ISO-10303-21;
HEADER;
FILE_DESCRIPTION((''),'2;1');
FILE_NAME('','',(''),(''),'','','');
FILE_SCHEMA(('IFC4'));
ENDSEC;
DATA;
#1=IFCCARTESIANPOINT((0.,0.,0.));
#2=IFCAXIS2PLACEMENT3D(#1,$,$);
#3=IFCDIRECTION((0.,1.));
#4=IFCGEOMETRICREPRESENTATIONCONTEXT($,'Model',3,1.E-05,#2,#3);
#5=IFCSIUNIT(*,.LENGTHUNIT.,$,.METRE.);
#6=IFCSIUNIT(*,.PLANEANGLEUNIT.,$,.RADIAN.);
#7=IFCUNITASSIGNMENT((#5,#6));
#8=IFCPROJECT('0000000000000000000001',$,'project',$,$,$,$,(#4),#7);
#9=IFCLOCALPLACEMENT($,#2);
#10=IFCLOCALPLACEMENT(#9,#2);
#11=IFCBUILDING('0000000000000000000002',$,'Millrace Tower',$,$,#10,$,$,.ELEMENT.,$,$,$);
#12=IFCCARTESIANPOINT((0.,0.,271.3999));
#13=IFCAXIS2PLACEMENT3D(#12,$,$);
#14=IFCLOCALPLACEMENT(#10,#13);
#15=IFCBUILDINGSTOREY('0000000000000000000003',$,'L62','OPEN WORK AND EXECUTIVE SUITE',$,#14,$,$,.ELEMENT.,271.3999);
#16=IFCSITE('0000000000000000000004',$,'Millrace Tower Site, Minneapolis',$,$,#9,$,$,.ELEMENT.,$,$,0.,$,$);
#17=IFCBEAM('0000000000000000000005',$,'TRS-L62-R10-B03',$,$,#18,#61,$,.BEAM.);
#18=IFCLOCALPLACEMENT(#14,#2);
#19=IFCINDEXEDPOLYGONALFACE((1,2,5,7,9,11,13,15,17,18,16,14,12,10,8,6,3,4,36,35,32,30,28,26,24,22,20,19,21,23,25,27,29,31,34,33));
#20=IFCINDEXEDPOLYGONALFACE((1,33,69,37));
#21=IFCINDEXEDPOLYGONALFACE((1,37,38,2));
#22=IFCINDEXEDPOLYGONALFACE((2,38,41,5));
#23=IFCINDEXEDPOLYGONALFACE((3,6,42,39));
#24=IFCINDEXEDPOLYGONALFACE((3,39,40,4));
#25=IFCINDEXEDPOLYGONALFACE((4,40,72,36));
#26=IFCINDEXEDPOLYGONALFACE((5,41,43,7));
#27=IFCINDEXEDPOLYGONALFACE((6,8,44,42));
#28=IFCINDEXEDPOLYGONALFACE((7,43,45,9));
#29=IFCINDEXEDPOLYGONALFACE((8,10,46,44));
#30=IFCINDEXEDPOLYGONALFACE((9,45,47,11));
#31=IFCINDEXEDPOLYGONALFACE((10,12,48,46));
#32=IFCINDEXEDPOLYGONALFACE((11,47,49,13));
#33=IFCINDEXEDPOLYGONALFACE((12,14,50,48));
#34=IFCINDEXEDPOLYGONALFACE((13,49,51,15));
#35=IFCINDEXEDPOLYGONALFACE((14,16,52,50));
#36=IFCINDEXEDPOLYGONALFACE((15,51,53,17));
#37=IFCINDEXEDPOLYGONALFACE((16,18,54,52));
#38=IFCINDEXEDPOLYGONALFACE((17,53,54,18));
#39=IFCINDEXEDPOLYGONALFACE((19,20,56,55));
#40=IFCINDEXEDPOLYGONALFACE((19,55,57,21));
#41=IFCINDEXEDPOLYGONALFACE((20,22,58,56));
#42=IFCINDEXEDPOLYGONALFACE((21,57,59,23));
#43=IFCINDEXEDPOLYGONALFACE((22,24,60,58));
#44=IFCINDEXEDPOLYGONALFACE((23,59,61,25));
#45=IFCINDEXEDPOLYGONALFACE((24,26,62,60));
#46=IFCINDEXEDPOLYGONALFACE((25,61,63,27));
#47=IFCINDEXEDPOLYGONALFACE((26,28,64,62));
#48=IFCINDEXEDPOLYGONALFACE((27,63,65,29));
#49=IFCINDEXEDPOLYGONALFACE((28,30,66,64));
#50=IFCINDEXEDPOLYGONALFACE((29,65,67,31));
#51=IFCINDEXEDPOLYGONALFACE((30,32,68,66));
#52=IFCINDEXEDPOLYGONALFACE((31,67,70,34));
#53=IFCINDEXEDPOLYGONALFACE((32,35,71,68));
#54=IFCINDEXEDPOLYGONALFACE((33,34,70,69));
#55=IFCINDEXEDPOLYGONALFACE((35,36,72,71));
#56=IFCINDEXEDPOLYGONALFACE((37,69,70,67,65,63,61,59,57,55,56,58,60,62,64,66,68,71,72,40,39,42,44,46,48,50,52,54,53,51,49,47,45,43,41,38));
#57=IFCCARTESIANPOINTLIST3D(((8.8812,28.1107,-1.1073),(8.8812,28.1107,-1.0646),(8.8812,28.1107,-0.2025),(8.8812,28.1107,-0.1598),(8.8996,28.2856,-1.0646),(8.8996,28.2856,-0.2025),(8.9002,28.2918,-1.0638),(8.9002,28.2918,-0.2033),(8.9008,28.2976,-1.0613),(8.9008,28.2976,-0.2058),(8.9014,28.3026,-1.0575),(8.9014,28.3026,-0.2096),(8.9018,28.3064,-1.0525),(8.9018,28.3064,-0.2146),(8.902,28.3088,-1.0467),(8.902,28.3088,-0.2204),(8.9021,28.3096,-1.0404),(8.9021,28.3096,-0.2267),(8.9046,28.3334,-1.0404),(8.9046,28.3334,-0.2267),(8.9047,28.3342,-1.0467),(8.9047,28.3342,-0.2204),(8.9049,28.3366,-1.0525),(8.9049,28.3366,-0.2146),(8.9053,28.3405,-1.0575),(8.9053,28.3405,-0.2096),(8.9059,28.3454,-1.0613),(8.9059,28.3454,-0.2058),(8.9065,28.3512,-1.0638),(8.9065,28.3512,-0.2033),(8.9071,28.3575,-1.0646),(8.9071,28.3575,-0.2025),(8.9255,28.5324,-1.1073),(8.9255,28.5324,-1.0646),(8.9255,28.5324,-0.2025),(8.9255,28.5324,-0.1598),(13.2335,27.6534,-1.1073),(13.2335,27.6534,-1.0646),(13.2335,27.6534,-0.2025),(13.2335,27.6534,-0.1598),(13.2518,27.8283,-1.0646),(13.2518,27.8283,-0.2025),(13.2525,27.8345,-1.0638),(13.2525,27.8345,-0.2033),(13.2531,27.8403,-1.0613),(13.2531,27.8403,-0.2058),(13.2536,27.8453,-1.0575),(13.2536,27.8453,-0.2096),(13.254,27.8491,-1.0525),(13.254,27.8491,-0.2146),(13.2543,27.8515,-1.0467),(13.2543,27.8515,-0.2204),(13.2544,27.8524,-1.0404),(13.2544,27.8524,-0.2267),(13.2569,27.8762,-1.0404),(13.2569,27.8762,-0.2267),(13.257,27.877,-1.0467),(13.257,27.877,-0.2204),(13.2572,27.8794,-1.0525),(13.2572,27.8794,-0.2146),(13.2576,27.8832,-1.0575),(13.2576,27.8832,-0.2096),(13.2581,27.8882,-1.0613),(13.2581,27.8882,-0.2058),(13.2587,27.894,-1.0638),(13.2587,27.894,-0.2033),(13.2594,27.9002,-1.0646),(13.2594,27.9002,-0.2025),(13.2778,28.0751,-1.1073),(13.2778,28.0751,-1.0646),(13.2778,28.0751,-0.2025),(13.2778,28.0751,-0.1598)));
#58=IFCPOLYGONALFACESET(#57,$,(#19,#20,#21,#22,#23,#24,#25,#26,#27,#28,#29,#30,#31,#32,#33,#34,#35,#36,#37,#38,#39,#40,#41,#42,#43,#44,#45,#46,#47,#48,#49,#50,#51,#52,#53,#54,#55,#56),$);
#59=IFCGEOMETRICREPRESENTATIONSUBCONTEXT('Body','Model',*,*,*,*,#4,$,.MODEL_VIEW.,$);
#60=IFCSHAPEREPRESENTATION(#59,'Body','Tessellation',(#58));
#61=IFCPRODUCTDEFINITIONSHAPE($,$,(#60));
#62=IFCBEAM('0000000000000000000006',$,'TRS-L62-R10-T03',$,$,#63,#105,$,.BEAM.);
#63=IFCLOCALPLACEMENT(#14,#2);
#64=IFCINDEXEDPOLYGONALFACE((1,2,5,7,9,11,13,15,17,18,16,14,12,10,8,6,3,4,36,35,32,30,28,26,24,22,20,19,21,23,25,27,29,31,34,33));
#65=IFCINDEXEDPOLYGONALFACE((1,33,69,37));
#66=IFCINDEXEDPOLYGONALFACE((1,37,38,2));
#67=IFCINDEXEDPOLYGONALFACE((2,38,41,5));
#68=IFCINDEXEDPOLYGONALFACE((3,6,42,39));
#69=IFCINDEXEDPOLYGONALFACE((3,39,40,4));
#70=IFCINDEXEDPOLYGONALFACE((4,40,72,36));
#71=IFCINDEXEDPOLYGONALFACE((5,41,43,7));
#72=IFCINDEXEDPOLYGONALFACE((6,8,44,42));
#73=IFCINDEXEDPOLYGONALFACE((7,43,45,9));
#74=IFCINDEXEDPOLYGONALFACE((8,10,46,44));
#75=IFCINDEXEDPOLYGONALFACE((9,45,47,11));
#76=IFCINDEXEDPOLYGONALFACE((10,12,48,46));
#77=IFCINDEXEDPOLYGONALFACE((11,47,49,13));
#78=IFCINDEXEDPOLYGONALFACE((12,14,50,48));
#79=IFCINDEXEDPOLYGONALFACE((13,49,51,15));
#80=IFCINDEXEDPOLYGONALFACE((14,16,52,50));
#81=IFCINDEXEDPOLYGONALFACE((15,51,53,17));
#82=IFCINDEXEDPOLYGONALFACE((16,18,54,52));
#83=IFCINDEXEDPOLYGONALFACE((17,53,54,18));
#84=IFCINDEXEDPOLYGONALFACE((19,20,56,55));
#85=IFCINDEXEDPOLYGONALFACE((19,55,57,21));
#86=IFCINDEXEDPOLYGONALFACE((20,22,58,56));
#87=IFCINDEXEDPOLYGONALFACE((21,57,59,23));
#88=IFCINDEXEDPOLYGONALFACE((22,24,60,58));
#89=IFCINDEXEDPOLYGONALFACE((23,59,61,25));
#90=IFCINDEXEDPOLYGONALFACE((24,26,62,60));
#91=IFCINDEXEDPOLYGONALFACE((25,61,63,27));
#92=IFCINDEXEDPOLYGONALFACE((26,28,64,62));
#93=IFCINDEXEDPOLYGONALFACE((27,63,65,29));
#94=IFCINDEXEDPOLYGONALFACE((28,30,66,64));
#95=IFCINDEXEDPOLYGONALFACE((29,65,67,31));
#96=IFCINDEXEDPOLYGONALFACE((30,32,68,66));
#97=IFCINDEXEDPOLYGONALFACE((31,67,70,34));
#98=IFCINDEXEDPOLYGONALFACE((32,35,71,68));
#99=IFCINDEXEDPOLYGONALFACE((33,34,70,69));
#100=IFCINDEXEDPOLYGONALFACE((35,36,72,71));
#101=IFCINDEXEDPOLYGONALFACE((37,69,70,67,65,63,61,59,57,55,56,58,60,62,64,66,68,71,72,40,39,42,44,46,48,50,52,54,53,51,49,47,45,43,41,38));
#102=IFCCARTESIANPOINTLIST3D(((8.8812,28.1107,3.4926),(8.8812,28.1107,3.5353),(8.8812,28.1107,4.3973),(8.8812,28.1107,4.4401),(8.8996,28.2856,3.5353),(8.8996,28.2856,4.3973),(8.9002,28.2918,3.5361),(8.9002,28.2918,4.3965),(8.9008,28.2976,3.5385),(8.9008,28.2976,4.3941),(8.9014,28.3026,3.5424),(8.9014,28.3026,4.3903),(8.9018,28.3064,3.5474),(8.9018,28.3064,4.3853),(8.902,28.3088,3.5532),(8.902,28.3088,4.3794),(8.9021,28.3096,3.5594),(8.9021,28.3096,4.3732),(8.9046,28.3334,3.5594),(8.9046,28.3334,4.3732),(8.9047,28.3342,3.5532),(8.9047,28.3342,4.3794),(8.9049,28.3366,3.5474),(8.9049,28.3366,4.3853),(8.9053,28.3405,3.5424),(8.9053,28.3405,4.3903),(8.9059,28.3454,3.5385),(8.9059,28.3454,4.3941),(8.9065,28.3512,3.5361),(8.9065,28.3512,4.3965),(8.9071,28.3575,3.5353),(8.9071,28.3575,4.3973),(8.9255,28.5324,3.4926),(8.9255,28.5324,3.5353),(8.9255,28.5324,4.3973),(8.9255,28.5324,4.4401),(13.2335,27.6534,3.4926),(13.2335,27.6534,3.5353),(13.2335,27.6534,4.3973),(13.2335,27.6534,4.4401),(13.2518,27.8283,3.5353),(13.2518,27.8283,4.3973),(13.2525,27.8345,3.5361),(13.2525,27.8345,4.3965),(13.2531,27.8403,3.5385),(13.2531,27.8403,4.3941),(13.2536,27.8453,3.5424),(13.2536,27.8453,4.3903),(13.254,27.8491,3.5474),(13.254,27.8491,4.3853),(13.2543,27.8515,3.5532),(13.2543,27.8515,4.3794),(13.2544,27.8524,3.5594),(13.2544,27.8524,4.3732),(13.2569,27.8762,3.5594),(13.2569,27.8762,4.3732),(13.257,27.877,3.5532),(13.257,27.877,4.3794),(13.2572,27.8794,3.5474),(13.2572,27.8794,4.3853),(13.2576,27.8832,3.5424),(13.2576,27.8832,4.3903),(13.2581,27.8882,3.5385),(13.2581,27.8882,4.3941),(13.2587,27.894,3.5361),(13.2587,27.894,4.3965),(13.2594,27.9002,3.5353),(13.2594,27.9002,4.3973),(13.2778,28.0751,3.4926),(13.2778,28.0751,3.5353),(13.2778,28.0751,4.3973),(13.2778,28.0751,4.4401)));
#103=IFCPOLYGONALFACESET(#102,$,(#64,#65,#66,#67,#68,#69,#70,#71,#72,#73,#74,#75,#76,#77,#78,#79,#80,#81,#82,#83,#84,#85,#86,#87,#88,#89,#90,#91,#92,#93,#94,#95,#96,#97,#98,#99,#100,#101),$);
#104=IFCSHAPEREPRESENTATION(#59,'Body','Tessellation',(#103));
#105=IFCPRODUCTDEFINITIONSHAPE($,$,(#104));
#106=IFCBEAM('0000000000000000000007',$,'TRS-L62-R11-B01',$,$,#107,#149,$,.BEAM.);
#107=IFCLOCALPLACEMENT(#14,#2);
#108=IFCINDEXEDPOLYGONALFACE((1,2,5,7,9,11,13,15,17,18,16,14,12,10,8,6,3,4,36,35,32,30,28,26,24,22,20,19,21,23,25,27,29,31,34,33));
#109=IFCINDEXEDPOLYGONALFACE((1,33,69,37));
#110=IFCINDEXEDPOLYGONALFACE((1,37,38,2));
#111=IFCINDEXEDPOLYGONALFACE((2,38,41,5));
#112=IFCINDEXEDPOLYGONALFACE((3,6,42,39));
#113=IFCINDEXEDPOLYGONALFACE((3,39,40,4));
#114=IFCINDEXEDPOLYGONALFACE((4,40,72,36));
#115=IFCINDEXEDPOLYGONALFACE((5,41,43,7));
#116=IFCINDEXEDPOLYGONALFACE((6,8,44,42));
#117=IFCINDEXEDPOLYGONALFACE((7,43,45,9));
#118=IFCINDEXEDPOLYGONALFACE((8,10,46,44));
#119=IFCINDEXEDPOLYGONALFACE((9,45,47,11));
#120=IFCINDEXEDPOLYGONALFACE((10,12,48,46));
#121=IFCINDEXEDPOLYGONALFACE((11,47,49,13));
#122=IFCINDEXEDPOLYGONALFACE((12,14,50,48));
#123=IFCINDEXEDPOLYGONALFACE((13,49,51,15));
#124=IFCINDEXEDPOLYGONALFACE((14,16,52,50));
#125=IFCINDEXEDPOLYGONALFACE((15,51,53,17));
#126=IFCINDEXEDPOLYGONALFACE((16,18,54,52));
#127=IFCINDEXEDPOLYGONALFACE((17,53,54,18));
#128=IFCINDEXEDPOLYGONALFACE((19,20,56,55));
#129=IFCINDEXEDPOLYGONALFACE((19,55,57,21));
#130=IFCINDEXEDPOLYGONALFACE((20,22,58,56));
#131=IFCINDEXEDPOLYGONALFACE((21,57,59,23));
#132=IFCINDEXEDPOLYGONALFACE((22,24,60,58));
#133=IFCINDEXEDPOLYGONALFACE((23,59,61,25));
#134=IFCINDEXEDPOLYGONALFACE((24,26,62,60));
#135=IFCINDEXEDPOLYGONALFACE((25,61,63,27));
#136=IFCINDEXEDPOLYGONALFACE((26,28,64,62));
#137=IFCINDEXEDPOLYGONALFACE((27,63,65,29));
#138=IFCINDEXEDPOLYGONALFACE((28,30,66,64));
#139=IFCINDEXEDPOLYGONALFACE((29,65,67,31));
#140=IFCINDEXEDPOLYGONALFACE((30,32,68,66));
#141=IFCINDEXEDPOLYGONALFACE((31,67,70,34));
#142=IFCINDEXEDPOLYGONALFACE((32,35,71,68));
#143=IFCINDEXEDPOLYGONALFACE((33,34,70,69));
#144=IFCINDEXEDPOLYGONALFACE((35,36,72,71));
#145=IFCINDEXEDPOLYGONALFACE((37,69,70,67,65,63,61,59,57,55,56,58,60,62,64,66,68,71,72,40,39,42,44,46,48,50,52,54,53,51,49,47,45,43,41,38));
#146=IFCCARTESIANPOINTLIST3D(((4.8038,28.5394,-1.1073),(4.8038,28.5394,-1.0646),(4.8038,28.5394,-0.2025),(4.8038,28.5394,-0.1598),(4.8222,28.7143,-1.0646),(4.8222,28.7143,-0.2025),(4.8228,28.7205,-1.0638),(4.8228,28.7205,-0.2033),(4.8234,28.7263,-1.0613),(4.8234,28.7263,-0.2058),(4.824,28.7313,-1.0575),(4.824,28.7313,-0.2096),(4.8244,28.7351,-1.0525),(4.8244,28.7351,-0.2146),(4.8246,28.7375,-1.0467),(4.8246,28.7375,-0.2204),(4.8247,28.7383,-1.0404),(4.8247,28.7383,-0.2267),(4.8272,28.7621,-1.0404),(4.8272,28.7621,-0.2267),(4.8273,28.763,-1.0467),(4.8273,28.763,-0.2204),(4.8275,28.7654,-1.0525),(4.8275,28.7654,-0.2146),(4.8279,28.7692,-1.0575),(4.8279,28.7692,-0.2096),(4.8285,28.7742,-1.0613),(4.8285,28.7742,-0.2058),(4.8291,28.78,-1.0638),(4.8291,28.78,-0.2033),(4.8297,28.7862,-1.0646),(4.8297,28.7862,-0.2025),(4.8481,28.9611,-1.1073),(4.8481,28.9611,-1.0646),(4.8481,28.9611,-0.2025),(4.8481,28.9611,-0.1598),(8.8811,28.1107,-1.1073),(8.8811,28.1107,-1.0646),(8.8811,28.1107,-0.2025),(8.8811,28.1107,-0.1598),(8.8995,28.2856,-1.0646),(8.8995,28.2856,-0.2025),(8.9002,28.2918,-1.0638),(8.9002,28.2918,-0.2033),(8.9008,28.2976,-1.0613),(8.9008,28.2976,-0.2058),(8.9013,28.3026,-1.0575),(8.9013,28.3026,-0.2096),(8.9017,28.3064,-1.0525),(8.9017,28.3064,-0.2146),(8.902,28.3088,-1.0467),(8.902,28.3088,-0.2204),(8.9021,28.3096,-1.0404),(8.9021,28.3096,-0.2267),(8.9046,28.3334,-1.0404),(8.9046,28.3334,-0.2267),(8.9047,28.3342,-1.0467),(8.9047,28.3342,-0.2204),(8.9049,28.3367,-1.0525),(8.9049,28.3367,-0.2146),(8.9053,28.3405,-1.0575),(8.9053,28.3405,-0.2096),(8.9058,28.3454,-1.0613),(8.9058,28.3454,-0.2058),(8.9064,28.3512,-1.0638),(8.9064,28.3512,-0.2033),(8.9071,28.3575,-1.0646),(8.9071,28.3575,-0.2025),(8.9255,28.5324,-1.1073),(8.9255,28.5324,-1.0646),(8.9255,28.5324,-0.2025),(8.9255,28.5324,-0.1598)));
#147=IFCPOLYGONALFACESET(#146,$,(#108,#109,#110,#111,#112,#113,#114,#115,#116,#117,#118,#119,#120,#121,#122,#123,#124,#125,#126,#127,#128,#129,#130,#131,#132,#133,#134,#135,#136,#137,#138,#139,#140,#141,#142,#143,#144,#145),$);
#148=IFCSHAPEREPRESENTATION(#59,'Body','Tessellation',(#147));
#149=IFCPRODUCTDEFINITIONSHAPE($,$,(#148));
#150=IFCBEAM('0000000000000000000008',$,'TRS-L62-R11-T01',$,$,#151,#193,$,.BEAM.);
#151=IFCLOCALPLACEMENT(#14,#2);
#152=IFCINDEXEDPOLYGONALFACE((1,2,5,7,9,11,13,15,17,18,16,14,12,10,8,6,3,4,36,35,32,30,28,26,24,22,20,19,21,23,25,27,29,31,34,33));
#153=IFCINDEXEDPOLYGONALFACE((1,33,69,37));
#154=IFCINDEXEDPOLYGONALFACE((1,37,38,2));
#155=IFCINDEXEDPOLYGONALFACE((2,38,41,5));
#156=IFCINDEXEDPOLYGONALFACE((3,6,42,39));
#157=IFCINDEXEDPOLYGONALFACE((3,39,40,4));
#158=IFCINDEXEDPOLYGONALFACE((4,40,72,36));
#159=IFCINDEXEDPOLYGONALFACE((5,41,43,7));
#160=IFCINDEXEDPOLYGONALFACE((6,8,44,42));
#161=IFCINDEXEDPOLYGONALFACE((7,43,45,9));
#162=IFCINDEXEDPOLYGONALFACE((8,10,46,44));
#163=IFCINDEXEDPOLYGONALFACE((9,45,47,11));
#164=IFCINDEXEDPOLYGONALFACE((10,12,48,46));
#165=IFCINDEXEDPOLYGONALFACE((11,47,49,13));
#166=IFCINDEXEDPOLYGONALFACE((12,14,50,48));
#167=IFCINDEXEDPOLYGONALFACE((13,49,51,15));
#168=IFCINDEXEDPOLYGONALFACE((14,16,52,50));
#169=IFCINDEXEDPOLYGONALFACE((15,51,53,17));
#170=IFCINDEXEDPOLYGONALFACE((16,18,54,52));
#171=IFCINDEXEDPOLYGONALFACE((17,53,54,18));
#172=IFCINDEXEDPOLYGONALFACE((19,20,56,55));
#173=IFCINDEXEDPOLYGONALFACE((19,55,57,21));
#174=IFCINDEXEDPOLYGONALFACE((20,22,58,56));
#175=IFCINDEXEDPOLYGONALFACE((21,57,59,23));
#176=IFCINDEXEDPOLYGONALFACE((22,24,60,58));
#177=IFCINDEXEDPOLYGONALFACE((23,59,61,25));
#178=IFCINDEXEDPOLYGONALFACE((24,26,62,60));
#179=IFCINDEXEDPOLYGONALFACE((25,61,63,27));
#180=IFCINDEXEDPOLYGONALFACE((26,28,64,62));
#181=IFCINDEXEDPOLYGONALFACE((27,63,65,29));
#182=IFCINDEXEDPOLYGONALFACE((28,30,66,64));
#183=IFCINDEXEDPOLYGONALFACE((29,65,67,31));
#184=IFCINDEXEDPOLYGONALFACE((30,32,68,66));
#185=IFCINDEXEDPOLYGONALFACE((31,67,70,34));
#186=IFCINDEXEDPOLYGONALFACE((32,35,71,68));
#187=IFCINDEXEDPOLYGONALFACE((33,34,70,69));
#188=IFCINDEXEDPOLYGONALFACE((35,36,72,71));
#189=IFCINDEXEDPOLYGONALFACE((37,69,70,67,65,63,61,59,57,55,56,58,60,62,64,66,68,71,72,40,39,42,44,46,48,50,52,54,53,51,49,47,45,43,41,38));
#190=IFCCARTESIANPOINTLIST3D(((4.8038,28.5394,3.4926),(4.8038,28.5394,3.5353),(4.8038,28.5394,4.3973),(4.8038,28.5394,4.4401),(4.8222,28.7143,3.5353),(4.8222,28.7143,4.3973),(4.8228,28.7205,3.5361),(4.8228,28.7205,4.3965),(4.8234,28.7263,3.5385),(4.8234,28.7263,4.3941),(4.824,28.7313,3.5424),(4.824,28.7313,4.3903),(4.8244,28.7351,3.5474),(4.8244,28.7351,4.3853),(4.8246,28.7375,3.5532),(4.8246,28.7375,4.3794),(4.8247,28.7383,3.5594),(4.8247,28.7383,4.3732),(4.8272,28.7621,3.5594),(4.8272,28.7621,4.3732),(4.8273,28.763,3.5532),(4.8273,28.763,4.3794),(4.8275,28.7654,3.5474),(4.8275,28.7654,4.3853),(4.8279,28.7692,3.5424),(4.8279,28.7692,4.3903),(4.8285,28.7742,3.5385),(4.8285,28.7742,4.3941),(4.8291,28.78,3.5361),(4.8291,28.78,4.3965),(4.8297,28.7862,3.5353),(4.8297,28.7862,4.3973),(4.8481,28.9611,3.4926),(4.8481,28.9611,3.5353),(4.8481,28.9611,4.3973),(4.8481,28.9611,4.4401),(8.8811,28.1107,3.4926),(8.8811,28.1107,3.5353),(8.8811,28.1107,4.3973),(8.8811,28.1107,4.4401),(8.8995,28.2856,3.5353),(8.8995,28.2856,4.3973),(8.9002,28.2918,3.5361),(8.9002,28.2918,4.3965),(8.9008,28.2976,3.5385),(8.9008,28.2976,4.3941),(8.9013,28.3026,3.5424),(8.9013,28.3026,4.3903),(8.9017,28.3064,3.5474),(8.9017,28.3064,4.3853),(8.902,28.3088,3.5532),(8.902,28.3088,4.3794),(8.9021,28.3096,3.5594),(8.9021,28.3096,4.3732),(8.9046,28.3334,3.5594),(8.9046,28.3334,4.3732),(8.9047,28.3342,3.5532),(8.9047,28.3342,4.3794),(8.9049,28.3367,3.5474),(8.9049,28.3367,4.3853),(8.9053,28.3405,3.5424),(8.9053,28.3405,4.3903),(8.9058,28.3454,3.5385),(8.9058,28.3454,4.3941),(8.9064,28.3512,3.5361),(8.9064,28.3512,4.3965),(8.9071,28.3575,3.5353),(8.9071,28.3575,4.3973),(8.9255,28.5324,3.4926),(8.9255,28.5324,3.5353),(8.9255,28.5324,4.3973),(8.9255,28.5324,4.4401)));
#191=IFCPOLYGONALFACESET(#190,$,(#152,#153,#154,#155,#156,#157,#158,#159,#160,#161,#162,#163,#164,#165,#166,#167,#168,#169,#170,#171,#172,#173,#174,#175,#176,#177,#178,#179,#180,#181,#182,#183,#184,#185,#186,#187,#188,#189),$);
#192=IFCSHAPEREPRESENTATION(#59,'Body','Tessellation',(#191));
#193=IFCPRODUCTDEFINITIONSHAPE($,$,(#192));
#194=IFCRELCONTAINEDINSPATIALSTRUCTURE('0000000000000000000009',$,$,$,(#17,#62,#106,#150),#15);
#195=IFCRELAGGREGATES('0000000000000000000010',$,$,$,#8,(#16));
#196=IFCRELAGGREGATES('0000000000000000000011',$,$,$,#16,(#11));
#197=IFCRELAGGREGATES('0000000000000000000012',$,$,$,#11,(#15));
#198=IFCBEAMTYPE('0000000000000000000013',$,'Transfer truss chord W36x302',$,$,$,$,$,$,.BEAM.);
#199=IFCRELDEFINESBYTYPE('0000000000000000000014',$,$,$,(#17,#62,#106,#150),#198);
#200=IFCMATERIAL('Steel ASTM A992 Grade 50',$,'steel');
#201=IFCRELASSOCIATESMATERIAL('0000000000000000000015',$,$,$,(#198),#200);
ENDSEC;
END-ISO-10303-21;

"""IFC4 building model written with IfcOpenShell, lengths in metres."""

from ifc_helpers import new_model, si_unit, direction, frame, origin, origin_2d, place, context, subcontext, project, spatial, i_section, extrude, material, material_profile, profile_set, type_object, element, save


model = new_model("IFC4")

# Units and contexts
model_context = context("Model", 3, precision=1e-05, world=origin(), true_north=direction((0.0, 1.0)))
body_context = subcontext(model_context, "Body", "Model", "MODEL_VIEW")
ifc_project = project(units=[si_unit("LENGTHUNIT", "METRE"), si_unit("PLANEANGLEUNIT", "RADIAN")], contexts=[model_context])

# Site, building, storey
site_placement = place(None, origin())
site = spatial("IfcSite", under=ifc_project, at=site_placement, Name="Millrace Tower Site, Minneapolis", CompositionType="ELEMENT", RefElevation=0.0)
building_placement = place(site_placement, origin())
building = spatial("IfcBuilding", under=site, at=building_placement, Name="Millrace Tower", CompositionType="ELEMENT")
storey_placement = place(building_placement, frame((0.0, 0.0, 271.3999)))
storey = spatial("IfcBuildingStorey", under=building, at=storey_placement, Name="L62", Description="OPEN WORK AND EXECUTIVE SUITE", CompositionType="ELEMENT", Elevation=271.3999)

# Beams
ifc_material_1 = material(Name="Steel ASTM A992 Grade 50", Category="steel")
ifc_material_profile_1 = material_profile(ifc_material_1, i_section(OverallWidth=0.4241, OverallDepth=0.9475, WebThickness=0.0239, FlangeThickness=0.0427, FilletRadius=0.0242, at=origin_2d()))
ifc_profile_set_1 = profile_set([ifc_material_profile_1], Name="Steel ASTM A992 Grade 50")
beam_type_1 = type_object("IfcBeamType", Name="Transfer truss chord W36x302", PredefinedType="BEAM", material=ifc_profile_set_1)
for number, where, z_axis, x_axis, name in (
    (1, (13.2556, 27.8643, -0.6335), (-0.994526, 0.10449, 0.0), (-0.10449, -0.994526, 0.0), "TRS-L62-R10-B03"),
    (2, (13.2556, 27.8643, 3.9663), (-0.994526, 0.10449, 0.0), (-0.10449, -0.994526, 0.0), "TRS-L62-R10-T03"),
):
    element("IfcBeam", number, at=place(storey_placement, frame(where, z_axis=z_axis, x_axis=x_axis)), inside=storey, type_object=beam_type_1, Name=name, PredefinedType="BEAM", context=body_context, shape_type="SweptSolid", body=[
        extrude(i_section(OverallWidth=0.4241, OverallDepth=0.9475, WebThickness=0.0239, FlangeThickness=0.0427, FilletRadius=0.0242, at=origin_2d()), origin(), (0.0, 0.0, 1.0), 4.3762),
    ])
for number, where, z_axis, x_axis, name in (
    (3, (8.9033, 28.3215, -0.6335), (-0.994518, 0.104567, 0.0), (-0.104567, -0.994518, 0.0), "TRS-L62-R11-B01"),
    (4, (8.9033, 28.3215, 3.9663), (-0.994518, 0.104567, 0.0), (-0.104567, -0.994518, 0.0), "TRS-L62-R11-T01"),
):
    element("IfcBeam", number, at=place(storey_placement, frame(where, z_axis=z_axis, x_axis=x_axis)), inside=storey, type_object=beam_type_1, Name=name, PredefinedType="BEAM", context=body_context, shape_type="SweptSolid", body=[
        extrude(i_section(OverallWidth=0.4241, OverallDepth=0.9475, WebThickness=0.0239, FlangeThickness=0.0427, FilletRadius=0.0242, at=origin_2d()), origin(), (0.0, 0.0, 1.0), 4.0999),
    ])

save(model, "model.ifc")
